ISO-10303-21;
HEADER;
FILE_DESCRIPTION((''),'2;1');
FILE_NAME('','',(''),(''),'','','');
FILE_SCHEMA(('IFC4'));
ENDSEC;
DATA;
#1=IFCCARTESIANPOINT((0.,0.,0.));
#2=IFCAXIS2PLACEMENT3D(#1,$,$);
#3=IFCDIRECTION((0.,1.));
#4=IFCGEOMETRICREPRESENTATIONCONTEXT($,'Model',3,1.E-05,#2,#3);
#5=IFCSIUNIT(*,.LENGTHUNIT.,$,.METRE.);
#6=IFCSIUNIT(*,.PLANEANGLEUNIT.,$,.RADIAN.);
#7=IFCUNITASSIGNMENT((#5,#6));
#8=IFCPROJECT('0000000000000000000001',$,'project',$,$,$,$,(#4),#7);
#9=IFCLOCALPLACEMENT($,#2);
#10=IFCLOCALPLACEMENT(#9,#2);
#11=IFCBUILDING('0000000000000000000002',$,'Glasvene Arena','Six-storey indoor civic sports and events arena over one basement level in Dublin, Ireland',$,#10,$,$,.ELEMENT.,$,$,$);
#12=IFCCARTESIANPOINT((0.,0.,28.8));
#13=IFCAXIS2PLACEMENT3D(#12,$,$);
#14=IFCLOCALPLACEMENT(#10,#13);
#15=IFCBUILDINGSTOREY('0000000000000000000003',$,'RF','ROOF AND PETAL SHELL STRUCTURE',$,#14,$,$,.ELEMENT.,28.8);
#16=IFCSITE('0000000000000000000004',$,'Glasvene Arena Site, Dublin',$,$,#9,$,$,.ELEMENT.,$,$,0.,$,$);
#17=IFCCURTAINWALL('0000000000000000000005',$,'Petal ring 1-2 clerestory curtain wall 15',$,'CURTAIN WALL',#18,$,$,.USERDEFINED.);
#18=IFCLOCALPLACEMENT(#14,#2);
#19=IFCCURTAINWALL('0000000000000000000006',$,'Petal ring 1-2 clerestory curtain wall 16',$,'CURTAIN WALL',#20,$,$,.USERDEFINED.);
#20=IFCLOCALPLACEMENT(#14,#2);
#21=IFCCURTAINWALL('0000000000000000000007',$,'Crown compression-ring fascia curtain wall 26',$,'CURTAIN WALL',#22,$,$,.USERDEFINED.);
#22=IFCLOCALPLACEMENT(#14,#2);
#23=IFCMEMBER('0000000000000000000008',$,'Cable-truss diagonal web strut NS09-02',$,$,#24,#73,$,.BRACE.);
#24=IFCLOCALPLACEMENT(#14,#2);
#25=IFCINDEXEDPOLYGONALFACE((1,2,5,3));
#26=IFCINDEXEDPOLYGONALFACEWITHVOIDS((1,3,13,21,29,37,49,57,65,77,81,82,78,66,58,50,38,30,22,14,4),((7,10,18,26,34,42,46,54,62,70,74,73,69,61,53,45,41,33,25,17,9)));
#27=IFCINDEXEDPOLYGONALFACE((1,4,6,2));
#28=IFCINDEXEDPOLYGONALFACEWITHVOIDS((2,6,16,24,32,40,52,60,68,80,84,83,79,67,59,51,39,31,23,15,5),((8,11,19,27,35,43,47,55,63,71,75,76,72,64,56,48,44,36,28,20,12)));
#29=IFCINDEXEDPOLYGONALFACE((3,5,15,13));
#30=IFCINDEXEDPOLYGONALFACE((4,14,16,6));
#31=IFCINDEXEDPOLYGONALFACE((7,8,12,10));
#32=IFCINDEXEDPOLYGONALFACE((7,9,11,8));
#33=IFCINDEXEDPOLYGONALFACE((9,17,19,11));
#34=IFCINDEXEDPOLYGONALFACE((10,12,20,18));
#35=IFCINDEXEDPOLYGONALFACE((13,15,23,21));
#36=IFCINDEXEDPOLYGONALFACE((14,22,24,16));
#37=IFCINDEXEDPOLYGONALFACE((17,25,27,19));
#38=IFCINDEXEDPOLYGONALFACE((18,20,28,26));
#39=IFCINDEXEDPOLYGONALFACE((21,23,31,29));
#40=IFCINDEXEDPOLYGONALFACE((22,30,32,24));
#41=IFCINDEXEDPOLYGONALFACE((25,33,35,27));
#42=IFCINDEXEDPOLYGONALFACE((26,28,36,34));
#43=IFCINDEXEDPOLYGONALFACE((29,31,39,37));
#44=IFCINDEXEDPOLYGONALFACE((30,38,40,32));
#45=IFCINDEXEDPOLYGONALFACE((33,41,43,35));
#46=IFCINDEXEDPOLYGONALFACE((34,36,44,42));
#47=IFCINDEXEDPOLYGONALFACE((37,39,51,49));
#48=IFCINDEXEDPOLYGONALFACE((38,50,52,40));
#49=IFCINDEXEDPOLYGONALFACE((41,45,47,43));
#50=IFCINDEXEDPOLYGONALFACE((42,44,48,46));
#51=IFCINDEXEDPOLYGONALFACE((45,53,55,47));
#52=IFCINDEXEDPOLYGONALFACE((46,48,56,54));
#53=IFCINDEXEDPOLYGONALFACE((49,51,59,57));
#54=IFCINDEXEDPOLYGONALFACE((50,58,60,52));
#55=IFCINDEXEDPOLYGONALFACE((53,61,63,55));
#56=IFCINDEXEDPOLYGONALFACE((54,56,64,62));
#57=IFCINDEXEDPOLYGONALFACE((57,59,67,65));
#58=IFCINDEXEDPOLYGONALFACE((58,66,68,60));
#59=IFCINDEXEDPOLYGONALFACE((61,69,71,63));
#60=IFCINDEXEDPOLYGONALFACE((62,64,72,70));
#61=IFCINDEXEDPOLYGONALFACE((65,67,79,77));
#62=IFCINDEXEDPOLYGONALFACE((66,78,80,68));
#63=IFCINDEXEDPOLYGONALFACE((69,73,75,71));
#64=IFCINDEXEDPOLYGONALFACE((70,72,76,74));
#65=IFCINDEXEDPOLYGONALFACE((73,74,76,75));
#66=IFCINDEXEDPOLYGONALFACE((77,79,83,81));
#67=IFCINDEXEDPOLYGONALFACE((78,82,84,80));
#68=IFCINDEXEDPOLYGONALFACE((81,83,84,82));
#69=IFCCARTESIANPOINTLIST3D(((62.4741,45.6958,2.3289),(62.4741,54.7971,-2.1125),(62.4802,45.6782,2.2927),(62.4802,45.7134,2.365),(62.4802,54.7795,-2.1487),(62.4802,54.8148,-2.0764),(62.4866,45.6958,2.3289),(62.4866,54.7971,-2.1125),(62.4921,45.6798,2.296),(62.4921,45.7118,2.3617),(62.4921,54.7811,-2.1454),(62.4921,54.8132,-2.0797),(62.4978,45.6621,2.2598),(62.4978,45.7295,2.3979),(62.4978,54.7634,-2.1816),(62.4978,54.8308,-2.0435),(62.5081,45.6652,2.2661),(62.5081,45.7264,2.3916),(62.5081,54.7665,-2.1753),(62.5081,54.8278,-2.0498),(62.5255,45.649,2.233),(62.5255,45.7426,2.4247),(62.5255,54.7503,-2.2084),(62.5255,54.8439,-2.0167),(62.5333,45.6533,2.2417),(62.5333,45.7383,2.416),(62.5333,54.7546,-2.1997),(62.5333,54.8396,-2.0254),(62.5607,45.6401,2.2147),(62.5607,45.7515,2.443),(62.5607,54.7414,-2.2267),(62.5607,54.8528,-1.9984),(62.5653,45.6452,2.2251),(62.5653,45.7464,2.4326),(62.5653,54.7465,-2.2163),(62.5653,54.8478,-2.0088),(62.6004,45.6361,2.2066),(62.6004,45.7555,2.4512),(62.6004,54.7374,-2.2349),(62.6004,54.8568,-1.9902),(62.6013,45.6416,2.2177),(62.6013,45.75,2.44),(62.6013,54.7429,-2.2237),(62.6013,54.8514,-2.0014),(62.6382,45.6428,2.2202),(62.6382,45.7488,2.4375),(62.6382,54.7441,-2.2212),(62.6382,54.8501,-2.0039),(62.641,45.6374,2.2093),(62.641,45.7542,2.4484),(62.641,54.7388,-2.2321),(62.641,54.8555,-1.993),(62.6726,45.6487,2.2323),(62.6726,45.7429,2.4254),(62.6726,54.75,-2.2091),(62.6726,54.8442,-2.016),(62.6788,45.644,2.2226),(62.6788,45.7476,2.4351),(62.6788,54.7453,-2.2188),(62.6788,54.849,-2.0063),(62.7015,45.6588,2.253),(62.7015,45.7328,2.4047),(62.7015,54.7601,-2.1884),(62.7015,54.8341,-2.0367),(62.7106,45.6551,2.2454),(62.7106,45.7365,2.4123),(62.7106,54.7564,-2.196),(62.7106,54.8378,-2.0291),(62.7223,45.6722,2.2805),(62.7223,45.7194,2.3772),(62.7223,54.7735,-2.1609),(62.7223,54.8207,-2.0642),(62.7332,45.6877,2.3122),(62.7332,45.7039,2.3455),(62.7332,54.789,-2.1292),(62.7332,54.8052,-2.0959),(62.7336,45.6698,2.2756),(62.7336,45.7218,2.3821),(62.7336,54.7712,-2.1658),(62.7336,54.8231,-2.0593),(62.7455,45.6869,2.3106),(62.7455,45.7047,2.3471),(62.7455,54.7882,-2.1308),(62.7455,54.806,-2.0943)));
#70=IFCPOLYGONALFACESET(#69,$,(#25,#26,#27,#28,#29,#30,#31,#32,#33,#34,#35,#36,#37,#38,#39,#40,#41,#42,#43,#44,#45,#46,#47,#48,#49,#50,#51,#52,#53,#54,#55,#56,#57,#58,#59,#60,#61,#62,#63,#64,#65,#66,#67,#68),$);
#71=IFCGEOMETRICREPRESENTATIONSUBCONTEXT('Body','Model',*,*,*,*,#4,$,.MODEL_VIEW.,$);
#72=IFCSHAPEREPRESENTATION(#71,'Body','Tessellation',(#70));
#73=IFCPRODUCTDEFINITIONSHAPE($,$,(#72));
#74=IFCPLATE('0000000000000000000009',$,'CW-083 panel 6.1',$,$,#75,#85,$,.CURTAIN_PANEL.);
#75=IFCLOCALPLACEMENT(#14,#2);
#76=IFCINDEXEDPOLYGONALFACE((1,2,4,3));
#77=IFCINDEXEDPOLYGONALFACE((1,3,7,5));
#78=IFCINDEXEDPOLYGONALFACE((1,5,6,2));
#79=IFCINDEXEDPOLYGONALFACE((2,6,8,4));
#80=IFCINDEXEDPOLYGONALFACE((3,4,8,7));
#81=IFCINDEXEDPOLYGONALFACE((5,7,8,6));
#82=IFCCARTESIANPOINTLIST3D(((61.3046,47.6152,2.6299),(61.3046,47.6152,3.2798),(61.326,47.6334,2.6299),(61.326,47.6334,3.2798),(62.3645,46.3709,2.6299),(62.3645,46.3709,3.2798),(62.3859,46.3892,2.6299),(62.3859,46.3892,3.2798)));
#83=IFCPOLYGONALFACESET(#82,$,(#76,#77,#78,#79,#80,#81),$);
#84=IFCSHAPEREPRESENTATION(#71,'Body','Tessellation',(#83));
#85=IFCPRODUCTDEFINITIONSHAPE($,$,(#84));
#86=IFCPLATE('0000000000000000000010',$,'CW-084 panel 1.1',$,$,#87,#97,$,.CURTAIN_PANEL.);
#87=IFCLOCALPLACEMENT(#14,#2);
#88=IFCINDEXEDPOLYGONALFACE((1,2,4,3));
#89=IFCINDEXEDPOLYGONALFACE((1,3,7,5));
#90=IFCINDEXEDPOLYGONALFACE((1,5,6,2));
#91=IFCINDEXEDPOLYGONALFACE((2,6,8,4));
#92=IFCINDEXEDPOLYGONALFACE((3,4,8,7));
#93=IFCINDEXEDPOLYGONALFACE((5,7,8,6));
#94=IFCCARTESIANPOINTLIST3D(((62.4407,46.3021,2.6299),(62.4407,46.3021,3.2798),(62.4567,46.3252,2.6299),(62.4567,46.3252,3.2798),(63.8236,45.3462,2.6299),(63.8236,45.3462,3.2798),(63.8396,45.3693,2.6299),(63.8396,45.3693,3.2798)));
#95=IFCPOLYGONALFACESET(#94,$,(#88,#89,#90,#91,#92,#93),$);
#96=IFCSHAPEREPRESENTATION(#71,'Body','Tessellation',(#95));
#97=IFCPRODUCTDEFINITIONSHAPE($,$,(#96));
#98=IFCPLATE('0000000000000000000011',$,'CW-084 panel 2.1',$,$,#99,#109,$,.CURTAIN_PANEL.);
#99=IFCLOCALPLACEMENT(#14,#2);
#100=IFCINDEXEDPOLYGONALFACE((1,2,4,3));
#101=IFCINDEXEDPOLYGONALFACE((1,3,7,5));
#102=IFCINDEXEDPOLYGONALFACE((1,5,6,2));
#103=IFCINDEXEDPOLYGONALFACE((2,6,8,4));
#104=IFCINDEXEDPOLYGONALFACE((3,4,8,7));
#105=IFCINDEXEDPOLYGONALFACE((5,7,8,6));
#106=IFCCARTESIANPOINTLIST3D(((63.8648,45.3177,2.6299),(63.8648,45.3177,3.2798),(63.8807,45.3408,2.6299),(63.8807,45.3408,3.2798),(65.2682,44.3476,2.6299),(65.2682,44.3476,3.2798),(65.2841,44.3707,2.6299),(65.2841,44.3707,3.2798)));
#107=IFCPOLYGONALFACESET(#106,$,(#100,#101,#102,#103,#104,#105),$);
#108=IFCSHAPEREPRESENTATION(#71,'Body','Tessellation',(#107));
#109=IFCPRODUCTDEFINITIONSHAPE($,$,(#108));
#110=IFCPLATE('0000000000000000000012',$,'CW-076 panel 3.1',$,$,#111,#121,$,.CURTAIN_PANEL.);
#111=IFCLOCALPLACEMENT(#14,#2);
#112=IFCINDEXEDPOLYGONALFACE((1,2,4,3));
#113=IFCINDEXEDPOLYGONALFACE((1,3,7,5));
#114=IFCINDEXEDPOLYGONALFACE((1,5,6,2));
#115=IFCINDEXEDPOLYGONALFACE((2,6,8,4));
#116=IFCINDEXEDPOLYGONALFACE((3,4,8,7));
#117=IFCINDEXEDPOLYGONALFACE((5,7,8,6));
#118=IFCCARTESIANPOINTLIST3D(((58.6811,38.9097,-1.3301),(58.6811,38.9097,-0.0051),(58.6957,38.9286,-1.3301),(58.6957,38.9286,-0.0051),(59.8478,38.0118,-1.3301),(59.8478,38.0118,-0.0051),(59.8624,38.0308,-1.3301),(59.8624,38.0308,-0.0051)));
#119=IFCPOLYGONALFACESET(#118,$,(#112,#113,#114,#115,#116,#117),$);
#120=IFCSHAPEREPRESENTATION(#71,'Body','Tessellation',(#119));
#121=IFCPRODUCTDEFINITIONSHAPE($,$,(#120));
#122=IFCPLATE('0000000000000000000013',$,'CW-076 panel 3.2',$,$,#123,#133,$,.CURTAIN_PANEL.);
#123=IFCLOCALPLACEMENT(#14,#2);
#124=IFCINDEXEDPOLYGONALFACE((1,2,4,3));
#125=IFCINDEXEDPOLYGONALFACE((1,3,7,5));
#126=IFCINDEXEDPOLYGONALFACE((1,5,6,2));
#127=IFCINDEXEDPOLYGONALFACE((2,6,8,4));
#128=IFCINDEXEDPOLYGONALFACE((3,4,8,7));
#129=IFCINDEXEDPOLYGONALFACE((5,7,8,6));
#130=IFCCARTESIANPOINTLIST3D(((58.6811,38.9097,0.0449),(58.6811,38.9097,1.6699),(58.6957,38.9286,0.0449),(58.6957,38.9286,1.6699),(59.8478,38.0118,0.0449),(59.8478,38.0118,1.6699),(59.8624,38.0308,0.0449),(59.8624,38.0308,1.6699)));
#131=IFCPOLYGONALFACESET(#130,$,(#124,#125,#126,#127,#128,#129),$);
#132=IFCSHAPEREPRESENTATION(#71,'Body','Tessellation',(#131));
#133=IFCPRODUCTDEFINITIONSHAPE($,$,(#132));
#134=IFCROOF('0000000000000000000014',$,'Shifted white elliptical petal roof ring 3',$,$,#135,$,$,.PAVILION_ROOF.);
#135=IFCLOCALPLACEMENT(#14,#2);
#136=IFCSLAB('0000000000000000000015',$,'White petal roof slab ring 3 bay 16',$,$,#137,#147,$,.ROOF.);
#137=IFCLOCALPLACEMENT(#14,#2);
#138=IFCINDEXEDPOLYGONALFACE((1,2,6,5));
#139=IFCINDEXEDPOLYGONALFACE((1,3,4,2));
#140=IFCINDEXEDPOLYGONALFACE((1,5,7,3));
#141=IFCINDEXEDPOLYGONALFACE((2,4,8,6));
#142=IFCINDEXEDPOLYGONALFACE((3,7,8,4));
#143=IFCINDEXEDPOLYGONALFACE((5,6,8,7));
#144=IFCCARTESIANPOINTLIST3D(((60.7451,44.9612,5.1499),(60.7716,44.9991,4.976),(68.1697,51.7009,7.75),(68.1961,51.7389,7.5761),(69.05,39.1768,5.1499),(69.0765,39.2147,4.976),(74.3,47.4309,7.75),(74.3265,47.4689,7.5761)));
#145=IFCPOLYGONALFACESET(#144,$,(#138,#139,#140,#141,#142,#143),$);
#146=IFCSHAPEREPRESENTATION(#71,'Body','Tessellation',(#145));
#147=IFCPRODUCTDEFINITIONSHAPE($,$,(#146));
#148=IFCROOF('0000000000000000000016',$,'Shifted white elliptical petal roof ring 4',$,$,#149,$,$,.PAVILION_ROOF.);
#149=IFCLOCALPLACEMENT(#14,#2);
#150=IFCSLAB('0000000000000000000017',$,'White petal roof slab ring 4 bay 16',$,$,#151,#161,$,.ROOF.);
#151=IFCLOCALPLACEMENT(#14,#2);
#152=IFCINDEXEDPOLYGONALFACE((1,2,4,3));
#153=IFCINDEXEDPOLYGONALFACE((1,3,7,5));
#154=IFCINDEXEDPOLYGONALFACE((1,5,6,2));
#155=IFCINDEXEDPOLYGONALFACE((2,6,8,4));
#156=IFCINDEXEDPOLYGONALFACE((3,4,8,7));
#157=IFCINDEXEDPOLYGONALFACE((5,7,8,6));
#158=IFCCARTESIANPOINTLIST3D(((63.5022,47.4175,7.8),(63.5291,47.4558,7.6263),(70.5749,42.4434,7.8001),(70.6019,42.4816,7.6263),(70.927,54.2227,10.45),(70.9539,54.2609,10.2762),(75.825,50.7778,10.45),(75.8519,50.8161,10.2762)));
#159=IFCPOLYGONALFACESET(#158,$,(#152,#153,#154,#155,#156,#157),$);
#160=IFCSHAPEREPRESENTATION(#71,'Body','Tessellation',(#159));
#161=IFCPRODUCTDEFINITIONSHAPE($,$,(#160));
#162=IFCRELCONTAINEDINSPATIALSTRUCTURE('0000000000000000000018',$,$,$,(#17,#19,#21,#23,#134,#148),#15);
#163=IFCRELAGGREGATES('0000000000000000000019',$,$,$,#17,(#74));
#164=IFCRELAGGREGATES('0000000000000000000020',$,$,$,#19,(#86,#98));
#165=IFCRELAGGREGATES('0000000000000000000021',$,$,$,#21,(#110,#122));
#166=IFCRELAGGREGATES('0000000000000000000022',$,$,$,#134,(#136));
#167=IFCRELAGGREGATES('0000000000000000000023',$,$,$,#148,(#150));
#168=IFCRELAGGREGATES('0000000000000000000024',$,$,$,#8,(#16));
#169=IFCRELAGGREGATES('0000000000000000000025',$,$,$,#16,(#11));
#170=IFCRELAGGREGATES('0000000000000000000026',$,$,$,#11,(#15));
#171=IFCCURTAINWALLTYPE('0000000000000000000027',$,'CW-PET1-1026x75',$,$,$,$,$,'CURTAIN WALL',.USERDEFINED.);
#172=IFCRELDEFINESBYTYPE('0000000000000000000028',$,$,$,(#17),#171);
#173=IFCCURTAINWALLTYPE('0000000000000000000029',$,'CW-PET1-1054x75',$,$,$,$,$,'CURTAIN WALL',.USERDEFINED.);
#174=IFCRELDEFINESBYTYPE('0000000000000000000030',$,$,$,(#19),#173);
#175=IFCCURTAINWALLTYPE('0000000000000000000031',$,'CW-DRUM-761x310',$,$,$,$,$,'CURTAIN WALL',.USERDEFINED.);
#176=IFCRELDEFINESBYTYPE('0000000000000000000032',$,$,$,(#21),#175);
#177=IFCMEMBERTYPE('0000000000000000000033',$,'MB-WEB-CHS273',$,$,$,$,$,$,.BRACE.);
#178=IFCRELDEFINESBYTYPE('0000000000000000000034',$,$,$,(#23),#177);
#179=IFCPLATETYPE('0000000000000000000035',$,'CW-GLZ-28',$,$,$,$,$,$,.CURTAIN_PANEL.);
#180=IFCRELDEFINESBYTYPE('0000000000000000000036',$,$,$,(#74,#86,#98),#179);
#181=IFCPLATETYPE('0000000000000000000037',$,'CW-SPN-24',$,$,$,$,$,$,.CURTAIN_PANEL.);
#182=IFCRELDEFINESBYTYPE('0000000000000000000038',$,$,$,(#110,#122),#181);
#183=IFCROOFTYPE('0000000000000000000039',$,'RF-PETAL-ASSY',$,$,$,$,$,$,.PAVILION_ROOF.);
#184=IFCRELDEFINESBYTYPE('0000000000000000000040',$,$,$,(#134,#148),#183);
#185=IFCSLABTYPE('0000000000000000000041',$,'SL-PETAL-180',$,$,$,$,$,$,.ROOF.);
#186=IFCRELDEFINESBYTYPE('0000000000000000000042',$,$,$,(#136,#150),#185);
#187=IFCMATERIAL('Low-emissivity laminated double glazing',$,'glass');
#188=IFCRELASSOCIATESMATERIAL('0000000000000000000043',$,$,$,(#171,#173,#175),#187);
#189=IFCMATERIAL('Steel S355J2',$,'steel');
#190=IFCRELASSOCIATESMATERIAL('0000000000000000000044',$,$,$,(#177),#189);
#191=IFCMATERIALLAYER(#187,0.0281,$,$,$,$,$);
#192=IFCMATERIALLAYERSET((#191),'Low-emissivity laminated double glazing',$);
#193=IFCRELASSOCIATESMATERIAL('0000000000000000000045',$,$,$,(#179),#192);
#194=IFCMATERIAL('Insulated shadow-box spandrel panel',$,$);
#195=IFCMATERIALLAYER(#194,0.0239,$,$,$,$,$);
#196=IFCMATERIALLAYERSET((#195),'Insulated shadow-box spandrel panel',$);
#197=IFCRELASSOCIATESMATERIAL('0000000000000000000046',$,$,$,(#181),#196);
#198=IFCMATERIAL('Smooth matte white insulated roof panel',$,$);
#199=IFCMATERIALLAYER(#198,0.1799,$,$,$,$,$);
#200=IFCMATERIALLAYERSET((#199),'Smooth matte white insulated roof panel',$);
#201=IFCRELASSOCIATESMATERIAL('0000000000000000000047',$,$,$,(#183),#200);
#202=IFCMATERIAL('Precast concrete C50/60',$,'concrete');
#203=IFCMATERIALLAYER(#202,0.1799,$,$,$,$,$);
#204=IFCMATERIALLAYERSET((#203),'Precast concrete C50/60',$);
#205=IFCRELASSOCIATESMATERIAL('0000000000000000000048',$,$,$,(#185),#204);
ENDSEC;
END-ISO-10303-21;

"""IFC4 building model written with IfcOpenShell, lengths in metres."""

from ifc_helpers import new_model, si_unit, direction, frame, origin, origin_2d, place, context, subcontext, project, spatial, polyline, rectangle, hollow_circle, outline, extrude, material, layer, layer_set, material_profile, profile_set, type_object, element, aggregate, save


model = new_model("IFC4")

# Units and contexts
model_context = context("Model", 3, precision=1e-05, world=origin(), true_north=direction((0.0, 1.0)))
body_context = subcontext(model_context, "Body", "Model", "MODEL_VIEW")
ifc_project = project(units=[si_unit("LENGTHUNIT", "METRE"), si_unit("PLANEANGLEUNIT", "RADIAN")], contexts=[model_context])

# Site, building, storey
site_placement = place(None, origin())
site = spatial("IfcSite", under=ifc_project, at=site_placement, Name="Glasvene Arena Site, Dublin", CompositionType="ELEMENT", RefElevation=0.0)
building_placement = place(site_placement, origin())
building = spatial("IfcBuilding", under=site, at=building_placement, Name="Glasvene Arena", Description="Six-storey indoor civic sports and events arena over one basement level in Dublin, Ireland", CompositionType="ELEMENT")
storey_placement = place(building_placement, frame((0.0, 0.0, 28.8)))
storey = spatial("IfcBuildingStorey", under=building, at=storey_placement, Name="RF", Description="ROOF AND PETAL SHELL STRUCTURE", CompositionType="ELEMENT", Elevation=28.8)

# Curtain walls
ifc_material_1 = material(Name="Low-emissivity laminated double glazing", Category="glass")
curtain_wall_type_1 = type_object("IfcCurtainWallType", Name="CW-PET1-1026x75", ElementType="CURTAIN WALL", PredefinedType="USERDEFINED", material=ifc_material_1)
curtain_wall_1_placement = place(storey_placement, frame((55.7568, 54.1499, 0.0)))
curtain_wall_1 = element("IfcCurtainWall", 1, at=curtain_wall_1_placement, inside=storey, type_object=curtain_wall_type_1, Name="Petal ring 1-2 clerestory curtain wall 15", ObjectType="CURTAIN WALL", PredefinedType="USERDEFINED")
curtain_wall_type_2 = type_object("IfcCurtainWallType", Name="CW-PET1-1054x75", ElementType="CURTAIN WALL", PredefinedType="USERDEFINED", material=ifc_material_1)
curtain_wall_2_placement = place(storey_placement, frame((62.4077, 46.342, 0.0)))
curtain_wall_2 = element("IfcCurtainWall", 2, at=curtain_wall_2_placement, inside=storey, type_object=curtain_wall_type_2, Name="Petal ring 1-2 clerestory curtain wall 16", ObjectType="CURTAIN WALL", PredefinedType="USERDEFINED")

# Curtain wall
curtain_wall_type_3 = type_object("IfcCurtainWallType", Name="CW-DRUM-761x310", ElementType="CURTAIN WALL", PredefinedType="USERDEFINED", material=ifc_material_1)
curtain_wall_3_placement = place(storey_placement, frame((56.2559, 40.7913, 0.0)))
curtain_wall_3 = element("IfcCurtainWall", 3, at=curtain_wall_3_placement, inside=storey, type_object=curtain_wall_type_3, Name="Crown compression-ring fascia curtain wall 26", ObjectType="CURTAIN WALL", PredefinedType="USERDEFINED")

# Member
ifc_material_2 = material(Name="Steel S355J2", Category="steel")
ifc_material_profile_1 = material_profile(ifc_material_2, hollow_circle(Radius=0.1365, WallThickness=0.0125, at=origin_2d()), Name="CHS 273.0x12.5")
ifc_profile_set_1 = profile_set([ifc_material_profile_1], Name="Steel S355J2")
member_type_1 = type_object("IfcMemberType", Name="MB-WEB-CHS273", PredefinedType="BRACE", material=ifc_profile_set_1)
member_1_placement = place(storey_placement, frame((62.6106, 45.6958, 2.3289), z_axis=(0.0, 0.898701, -0.438562), x_axis=(-1.0, 0.0, 0.0)))
element("IfcMember", 4, at=member_1_placement, inside=storey, type_object=member_type_1, Name="Cable-truss diagonal web strut NS09-02", PredefinedType="BRACE", context=body_context, shape_type="SweptSolid", body=[
    extrude(hollow_circle(Radius=0.1365, WallThickness=0.0125, at=origin_2d()), origin(), (0.0, 0.0, 1.0), 10.1272),
])

# Plates
ifc_layer_1 = layer(ifc_material_1, 0.0281)
ifc_layer_set_1 = layer_set([ifc_layer_1], Name="Low-emissivity laminated double glazing")
plate_type_1 = type_object("IfcPlateType", Name="CW-GLZ-28", PredefinedType="CURTAIN_PANEL", material=ifc_layer_set_1)
plate_1_placement = place(storey_placement, frame((61.8452, 47.0022, 2.6299), z_axis=(0.0, 0.0, 1.0), x_axis=(0.648445, -0.761261, 0.0)))
plate_1 = element("IfcPlate", 5, at=plate_1_placement, type_object=plate_type_1, Name="CW-083 panel 6.1", PredefinedType="CURTAIN_PANEL", context=body_context, shape_type="SweptSolid", body=[
    extrude(rectangle(XDim=1.6345, YDim=0.0281, at=origin_2d()), origin(), (0.0, 0.0, 1.0), 0.6499),
])
aggregate(curtain_wall_1, [plate_1])
plate_2_placement = place(storey_placement, frame((63.1401, 45.8357, 2.6299), z_axis=(0.0, 0.0, 1.0), x_axis=(0.822601, -0.568619, 0.0)))
plate_2 = element("IfcPlate", 6, at=plate_2_placement, type_object=plate_type_1, Name="CW-084 panel 1.1", PredefinedType="CURTAIN_PANEL", context=body_context, shape_type="SweptSolid", body=[
    extrude(rectangle(XDim=1.6812, YDim=0.0281, at=origin_2d()), origin(), (0.0, 0.0, 1.0), 0.6499),
])
plate_3_placement = place(storey_placement, frame((64.5745, 44.8442, 2.6299), z_axis=(0.0, 0.0, 1.0), x_axis=(0.822601, -0.568619, 0.0)))
plate_3 = element("IfcPlate", 7, at=plate_3_placement, type_object=plate_type_1, Name="CW-084 panel 2.1", PredefinedType="CURTAIN_PANEL", context=body_context, shape_type="SweptSolid", body=[
    extrude(rectangle(XDim=1.7061, YDim=0.0281, at=origin_2d()), origin(), (0.0, 0.0, 1.0), 0.6499),
])
aggregate(curtain_wall_2, [plate_2, plate_3])
ifc_material_3 = material(Name="Insulated shadow-box spandrel panel")
ifc_layer_2 = layer(ifc_material_3, 0.0239)
ifc_layer_set_2 = layer_set([ifc_layer_2], Name="Insulated shadow-box spandrel panel")
plate_type_2 = type_object("IfcPlateType", Name="CW-SPN-24", PredefinedType="CURTAIN_PANEL", material=ifc_layer_set_2)
plate_4_placement = place(storey_placement, frame((59.2717, 38.4702, -1.3301), z_axis=(0.0, 0.0, 1.0), x_axis=(0.792482, -0.609895, 0.0)))
plate_4 = element("IfcPlate", 8, at=plate_4_placement, type_object=plate_type_2, Name="CW-076 panel 3.1", PredefinedType="CURTAIN_PANEL", context=body_context, shape_type="SweptSolid", body=[
    extrude(rectangle(XDim=1.4722, YDim=0.0239, at=origin_2d()), origin(), (0.0, 0.0, 1.0), 1.325),
])
plate_5_placement = place(storey_placement, frame((59.2717, 38.4702, 0.0449), z_axis=(0.0, 0.0, 1.0), x_axis=(0.792482, -0.609895, 0.0)))
plate_5 = element("IfcPlate", 9, at=plate_5_placement, type_object=plate_type_2, Name="CW-076 panel 3.2", PredefinedType="CURTAIN_PANEL", context=body_context, shape_type="SweptSolid", body=[
    extrude(rectangle(XDim=1.4722, YDim=0.0239, at=origin_2d()), origin(), (0.0, 0.0, 1.0), 1.625),
])
aggregate(curtain_wall_3, [plate_4, plate_5])

# Roofs, slabs
ifc_material_4 = material(Name="Smooth matte white insulated roof panel")
ifc_layer_3 = layer(ifc_material_4, 0.1799)
ifc_layer_set_3 = layer_set([ifc_layer_3], Name="Smooth matte white insulated roof panel")
roof_type = type_object("IfcRoofType", Name="RF-PETAL-ASSY", PredefinedType="PAVILION_ROOF", material=ifc_layer_set_3)
roof_1_placement = place(storey_placement, frame((89.1001, 70.7, 5.1499)))
roof_1 = element("IfcRoof", 10, at=roof_1_placement, inside=storey, type_object=roof_type, Name="Shifted white elliptical petal roof ring 3", PredefinedType="PAVILION_ROOF")
ifc_material_5 = material(Name="Precast concrete C50/60", Category="concrete")
ifc_layer_4 = layer(ifc_material_5, 0.1799)
ifc_layer_set_4 = layer_set([ifc_layer_4], Name="Precast concrete C50/60")
slab_type = type_object("IfcSlabType", Name="SL-PETAL-180", PredefinedType="ROOF", material=ifc_layer_set_4)
slab_1_placement = place(storey_placement, frame((60.7451, 44.9612, 5.1499), z_axis=(-0.146935, -0.210957, 0.966389), x_axis=(0.820577, -0.571536, 0.000002)))
slab_1 = element("IfcSlab", 11, at=slab_1_placement, type_object=slab_type, Name="White petal roof slab ring 3 bay 16", PredefinedType="ROOF", context=body_context, shape_type="SweptSolid", body=[
    extrude(outline(polyline([(0.0, 0.0), (10.1208, 0.0), (9.7113, 10.1137), (2.2404, 10.1138), (0.0, 0.0)])), origin(), (0.0, 0.0, -1.0), 0.1799),
])
aggregate(roof_1, [slab_1])
roof_2_placement = place(storey_placement, frame((87.6499, 69.55, 7.8)))
roof_2 = element("IfcRoof", 12, at=roof_2_placement, inside=storey, type_object=roof_type, Name="Shifted white elliptical petal roof ring 4", PredefinedType="PAVILION_ROOF")
slab_2_placement = place(storey_placement, frame((63.5022, 47.4175, 7.8), z_axis=(-0.149625, -0.212748, 0.965583), x_axis=(0.817969, -0.575262, 0.000003)))
slab_2 = element("IfcSlab", 13, at=slab_2_placement, type_object=slab_type, Name="White petal roof slab ring 4 bay 16", PredefinedType="ROOF", context=body_context, shape_type="SweptSolid", body=[
    extrude(outline(polyline([(0.0, 0.0), (8.6467, 0.0), (8.1466, 10.1881), (2.1585, 10.1883), (0.0, 0.0)])), origin(), (0.0, 0.0, -1.0), 0.1799),
])
aggregate(roof_2, [slab_2])

save(model, "model.ifc")
